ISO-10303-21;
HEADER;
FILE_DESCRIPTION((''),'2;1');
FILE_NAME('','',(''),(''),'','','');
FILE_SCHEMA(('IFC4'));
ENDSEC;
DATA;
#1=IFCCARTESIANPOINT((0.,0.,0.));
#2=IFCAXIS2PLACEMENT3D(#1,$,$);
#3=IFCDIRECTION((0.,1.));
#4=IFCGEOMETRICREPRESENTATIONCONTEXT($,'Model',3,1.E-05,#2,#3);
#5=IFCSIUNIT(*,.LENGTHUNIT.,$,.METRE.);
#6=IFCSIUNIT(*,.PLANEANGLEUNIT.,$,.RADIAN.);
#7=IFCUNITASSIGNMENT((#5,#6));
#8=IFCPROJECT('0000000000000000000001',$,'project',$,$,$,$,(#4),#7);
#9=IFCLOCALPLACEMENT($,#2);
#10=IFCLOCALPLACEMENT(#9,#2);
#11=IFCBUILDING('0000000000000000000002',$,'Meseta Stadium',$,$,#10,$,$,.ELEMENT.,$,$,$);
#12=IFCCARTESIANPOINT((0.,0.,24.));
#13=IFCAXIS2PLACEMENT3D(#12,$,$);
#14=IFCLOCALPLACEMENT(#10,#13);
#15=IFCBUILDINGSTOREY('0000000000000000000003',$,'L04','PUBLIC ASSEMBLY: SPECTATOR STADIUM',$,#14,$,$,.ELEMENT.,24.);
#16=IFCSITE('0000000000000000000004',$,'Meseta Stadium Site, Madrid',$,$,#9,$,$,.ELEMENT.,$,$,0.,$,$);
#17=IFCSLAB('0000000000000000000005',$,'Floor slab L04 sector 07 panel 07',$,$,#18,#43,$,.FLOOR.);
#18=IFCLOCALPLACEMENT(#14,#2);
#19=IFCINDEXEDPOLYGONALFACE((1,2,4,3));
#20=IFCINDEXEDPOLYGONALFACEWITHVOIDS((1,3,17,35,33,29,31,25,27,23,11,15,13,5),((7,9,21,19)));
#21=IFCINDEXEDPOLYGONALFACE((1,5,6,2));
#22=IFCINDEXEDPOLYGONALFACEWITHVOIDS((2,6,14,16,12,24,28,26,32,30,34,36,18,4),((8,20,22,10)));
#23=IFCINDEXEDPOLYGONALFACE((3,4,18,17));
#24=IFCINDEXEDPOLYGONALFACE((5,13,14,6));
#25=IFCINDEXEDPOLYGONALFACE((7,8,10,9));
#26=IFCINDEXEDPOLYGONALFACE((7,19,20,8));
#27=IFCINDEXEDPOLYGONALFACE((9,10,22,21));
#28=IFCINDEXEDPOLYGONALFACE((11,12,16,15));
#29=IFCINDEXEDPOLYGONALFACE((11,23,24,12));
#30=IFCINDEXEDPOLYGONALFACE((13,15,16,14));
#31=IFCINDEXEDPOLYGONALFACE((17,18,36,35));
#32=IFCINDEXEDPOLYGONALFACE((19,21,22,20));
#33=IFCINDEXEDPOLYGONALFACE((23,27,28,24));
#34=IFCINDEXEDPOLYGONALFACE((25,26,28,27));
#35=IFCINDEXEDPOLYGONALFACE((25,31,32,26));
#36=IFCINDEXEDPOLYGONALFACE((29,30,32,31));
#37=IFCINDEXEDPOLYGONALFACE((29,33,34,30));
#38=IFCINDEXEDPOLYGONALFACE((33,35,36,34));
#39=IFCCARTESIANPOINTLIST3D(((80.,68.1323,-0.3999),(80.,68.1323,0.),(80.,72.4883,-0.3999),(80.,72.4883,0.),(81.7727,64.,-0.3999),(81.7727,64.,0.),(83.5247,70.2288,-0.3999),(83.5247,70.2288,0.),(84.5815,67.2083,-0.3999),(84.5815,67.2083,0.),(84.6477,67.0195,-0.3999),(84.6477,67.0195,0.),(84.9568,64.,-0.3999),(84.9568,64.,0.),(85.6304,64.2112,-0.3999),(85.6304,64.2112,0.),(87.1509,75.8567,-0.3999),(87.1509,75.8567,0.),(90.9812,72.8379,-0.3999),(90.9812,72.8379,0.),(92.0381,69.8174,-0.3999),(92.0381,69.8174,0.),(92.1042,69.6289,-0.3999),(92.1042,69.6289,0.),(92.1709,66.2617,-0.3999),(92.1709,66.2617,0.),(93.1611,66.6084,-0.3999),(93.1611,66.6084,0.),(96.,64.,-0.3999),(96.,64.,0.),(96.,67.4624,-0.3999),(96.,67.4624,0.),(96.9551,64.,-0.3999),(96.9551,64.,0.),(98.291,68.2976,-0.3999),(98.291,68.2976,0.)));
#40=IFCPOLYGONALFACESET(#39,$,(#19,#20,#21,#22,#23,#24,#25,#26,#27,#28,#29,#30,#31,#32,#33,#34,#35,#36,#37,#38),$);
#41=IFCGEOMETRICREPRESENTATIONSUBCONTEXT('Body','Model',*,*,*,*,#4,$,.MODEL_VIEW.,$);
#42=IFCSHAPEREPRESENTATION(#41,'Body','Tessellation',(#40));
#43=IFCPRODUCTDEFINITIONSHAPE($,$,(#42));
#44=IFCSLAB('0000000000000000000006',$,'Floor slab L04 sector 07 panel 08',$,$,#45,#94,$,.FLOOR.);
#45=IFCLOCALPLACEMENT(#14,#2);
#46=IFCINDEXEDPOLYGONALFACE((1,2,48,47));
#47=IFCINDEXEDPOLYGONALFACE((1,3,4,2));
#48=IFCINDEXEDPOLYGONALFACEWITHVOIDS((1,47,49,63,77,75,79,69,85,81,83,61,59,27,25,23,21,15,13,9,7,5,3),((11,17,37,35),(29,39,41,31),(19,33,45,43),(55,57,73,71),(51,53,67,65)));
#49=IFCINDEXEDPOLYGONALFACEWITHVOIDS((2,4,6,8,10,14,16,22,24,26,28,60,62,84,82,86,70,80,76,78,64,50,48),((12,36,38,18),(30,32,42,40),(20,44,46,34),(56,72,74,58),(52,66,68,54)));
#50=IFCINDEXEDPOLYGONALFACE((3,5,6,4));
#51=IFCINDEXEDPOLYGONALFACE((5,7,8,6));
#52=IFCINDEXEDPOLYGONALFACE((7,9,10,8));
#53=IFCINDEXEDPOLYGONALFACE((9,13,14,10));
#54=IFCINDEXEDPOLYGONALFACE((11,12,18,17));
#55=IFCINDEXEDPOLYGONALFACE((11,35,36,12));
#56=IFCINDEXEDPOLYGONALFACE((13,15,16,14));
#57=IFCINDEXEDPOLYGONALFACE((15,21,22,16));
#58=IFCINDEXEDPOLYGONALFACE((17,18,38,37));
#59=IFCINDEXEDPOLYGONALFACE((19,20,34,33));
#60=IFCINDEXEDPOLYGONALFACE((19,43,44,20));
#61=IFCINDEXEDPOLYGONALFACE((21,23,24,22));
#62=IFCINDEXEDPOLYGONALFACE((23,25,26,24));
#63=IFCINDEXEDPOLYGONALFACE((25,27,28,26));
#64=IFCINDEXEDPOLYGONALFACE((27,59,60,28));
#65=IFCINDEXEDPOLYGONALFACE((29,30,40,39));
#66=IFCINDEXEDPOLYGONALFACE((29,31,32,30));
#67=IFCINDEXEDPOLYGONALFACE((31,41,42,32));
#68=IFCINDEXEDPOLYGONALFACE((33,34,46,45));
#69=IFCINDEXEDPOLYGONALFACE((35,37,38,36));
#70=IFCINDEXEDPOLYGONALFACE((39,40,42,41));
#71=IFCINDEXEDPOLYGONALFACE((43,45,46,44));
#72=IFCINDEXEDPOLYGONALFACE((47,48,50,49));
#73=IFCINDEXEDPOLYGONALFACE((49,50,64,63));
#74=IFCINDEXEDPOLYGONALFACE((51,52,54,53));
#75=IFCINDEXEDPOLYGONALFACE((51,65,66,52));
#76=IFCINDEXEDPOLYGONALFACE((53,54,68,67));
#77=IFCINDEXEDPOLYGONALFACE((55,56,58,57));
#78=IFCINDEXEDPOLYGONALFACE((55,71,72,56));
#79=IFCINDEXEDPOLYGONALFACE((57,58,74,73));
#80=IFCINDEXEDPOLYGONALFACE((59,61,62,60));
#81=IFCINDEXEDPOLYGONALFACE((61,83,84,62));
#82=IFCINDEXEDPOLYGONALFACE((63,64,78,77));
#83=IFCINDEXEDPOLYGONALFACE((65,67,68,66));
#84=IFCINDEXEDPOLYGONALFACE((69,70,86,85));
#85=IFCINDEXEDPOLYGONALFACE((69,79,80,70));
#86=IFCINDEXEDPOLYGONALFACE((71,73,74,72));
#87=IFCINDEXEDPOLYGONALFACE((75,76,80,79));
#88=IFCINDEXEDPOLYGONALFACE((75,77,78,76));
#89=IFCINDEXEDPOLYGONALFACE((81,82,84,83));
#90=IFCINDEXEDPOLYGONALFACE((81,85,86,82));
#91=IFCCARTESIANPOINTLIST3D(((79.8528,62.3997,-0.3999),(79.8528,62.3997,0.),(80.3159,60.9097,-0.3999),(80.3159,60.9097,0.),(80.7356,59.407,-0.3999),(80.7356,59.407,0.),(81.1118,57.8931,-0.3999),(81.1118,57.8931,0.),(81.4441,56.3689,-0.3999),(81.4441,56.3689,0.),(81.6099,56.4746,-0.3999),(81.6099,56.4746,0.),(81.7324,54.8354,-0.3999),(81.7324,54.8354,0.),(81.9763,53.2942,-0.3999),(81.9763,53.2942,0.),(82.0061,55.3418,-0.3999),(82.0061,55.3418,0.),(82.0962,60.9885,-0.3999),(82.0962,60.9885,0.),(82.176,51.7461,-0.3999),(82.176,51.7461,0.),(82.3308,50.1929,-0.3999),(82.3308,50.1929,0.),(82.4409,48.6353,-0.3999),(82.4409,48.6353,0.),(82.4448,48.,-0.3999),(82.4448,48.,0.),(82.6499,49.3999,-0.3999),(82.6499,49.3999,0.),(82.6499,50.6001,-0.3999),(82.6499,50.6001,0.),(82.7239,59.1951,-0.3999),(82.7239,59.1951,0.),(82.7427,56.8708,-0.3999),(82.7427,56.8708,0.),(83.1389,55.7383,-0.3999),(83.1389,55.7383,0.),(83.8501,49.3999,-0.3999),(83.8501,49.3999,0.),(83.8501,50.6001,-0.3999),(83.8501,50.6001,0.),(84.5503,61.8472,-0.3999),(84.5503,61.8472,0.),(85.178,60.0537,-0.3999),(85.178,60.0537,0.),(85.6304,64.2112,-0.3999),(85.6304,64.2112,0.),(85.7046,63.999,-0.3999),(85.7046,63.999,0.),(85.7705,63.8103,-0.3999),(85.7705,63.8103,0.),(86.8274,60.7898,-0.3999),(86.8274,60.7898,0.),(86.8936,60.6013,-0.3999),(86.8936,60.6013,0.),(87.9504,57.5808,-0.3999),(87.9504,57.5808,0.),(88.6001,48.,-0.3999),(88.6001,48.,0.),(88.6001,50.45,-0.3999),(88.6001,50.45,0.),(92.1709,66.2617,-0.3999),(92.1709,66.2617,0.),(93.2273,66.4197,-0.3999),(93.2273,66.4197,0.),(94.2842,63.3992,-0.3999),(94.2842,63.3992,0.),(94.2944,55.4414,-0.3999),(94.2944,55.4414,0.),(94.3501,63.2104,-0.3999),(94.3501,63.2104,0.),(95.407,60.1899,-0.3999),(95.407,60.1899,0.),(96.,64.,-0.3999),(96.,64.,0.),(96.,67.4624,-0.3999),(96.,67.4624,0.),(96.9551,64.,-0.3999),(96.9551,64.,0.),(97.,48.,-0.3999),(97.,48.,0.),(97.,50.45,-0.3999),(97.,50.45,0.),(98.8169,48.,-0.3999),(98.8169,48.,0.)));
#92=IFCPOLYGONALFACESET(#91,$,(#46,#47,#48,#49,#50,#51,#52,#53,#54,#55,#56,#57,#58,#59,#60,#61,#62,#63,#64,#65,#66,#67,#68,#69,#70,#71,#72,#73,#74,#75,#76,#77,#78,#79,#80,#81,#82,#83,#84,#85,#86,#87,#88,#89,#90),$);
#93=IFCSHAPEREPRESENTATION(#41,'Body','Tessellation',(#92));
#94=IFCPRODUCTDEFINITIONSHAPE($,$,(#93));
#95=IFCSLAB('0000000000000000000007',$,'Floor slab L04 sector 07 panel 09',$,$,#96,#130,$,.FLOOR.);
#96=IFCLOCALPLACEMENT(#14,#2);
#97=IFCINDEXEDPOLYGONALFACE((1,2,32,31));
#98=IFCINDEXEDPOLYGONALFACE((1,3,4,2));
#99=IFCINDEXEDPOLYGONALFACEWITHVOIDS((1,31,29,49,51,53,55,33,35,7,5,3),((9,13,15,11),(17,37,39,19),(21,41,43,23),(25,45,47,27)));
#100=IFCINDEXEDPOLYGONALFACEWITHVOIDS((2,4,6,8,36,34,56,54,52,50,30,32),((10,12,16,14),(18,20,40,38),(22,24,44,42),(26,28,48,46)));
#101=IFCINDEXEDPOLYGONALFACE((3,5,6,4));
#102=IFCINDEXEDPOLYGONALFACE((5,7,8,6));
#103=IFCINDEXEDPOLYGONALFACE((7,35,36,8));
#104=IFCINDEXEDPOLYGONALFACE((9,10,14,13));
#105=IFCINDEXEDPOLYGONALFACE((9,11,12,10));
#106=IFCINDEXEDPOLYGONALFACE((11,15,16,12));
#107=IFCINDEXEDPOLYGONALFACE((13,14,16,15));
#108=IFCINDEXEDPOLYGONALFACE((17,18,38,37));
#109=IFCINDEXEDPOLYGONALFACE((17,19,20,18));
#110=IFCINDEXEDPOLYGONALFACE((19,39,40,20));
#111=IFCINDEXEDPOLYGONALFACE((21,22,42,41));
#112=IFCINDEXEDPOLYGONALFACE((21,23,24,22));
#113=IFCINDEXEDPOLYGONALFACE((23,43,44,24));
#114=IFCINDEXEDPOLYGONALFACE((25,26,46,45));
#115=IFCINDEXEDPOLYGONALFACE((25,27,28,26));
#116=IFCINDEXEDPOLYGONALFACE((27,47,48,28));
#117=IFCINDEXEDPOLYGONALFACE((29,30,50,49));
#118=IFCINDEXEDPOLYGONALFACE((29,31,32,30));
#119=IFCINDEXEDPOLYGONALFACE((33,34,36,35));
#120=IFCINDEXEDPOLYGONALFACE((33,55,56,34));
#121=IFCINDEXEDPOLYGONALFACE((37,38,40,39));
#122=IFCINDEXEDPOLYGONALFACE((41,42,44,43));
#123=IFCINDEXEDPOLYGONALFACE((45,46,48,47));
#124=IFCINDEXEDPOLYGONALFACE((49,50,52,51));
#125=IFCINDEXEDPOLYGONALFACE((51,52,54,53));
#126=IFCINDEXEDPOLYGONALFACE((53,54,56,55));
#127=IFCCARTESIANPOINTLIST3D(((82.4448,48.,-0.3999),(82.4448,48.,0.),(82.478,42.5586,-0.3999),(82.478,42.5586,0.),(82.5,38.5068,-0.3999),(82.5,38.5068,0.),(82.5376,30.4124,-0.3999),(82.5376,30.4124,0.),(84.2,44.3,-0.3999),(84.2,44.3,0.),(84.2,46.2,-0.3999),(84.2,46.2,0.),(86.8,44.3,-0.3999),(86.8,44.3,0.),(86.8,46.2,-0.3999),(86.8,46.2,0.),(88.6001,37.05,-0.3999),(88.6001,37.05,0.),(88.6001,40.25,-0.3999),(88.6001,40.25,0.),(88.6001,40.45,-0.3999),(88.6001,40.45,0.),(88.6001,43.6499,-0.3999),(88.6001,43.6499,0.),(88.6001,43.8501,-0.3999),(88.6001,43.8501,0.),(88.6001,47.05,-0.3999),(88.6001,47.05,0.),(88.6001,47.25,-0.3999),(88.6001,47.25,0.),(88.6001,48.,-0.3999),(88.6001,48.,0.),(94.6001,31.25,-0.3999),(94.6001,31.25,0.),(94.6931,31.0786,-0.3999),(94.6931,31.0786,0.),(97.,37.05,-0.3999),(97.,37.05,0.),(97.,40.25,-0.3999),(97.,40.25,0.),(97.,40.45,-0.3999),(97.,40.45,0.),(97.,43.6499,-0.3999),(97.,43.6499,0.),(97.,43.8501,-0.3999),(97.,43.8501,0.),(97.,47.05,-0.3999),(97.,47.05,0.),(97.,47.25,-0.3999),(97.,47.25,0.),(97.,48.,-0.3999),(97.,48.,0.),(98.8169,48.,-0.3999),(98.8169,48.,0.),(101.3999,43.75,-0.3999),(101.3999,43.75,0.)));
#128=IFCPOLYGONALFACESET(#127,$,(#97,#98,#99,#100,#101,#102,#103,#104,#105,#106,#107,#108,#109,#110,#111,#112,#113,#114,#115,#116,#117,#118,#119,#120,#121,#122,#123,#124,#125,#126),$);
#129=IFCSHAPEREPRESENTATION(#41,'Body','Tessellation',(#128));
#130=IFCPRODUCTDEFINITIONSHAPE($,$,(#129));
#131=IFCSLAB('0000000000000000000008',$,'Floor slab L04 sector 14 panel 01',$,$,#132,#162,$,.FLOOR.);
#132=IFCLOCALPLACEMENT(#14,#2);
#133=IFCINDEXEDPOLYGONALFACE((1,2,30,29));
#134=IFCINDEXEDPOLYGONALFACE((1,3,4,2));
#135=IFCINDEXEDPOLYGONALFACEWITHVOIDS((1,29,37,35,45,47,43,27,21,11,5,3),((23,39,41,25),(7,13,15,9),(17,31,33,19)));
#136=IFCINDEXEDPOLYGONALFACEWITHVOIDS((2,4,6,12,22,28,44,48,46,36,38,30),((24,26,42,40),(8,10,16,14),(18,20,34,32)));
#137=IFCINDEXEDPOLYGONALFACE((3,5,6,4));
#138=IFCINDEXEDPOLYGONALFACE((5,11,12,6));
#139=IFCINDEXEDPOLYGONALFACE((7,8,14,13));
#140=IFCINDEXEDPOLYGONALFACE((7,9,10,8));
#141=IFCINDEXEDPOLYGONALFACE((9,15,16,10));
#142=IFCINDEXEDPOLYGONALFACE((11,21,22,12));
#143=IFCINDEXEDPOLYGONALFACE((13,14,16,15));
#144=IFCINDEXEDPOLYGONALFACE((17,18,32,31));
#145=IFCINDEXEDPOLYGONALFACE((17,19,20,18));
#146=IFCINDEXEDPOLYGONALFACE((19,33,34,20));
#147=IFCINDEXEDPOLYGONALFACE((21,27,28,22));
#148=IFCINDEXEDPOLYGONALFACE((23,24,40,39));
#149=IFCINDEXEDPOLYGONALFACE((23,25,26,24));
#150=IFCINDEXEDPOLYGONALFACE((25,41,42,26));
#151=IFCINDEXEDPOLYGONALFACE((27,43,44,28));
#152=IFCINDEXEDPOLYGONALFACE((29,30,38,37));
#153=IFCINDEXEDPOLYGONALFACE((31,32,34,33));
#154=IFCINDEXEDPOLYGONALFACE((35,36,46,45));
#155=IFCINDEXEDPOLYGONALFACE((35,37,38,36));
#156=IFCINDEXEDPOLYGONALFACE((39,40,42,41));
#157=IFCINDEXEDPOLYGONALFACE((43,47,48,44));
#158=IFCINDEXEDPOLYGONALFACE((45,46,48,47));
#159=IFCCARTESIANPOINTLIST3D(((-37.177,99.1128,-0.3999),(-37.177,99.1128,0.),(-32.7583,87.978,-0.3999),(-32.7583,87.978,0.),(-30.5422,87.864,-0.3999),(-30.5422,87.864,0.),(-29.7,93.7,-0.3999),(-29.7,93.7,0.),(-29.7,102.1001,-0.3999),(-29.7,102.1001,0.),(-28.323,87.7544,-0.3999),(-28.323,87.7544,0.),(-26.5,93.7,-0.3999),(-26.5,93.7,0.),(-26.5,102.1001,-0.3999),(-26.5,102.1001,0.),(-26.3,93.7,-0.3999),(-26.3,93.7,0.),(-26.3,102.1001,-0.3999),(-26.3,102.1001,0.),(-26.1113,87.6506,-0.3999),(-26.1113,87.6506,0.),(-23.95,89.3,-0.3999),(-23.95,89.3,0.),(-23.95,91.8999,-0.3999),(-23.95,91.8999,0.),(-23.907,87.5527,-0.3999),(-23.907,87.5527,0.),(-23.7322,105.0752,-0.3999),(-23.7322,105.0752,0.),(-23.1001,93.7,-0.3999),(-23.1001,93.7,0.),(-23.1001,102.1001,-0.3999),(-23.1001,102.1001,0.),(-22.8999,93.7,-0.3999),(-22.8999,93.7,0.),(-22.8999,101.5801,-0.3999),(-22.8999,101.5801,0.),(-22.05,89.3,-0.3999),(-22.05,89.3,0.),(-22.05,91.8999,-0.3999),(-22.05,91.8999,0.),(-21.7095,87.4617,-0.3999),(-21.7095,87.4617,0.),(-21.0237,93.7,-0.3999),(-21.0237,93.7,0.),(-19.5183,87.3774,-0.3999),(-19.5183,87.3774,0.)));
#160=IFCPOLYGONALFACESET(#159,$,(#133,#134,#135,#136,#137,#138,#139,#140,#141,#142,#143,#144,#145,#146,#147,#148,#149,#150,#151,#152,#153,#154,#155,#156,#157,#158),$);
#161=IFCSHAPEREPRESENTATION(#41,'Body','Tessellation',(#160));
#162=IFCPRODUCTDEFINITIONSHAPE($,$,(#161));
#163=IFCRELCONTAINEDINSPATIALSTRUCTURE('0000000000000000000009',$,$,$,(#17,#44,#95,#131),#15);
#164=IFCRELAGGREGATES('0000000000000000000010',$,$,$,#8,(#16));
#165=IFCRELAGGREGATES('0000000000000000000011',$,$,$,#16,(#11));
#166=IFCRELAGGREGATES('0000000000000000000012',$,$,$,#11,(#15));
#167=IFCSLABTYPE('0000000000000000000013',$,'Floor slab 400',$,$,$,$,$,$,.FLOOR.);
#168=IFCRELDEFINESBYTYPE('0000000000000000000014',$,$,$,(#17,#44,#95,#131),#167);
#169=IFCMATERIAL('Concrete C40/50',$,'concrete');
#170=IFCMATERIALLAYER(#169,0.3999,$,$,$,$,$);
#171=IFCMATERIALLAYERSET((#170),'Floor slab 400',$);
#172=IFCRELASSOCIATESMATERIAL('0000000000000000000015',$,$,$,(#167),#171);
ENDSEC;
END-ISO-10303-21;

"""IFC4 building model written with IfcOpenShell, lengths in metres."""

from ifc_helpers import new_model, si_unit, direction, frame, origin, place, context, subcontext, project, spatial, polyline, outline, extrude, material, layer, layer_set, type_object, element, save


model = new_model("IFC4")

# Units and contexts
model_context = context("Model", 3, precision=1e-05, world=origin(), true_north=direction((0.0, 1.0)))
body_context = subcontext(model_context, "Body", "Model", "MODEL_VIEW")
ifc_project = project(units=[si_unit("LENGTHUNIT", "METRE"), si_unit("PLANEANGLEUNIT", "RADIAN")], contexts=[model_context])

# Site, building, storey
site_placement = place(None, origin())
site = spatial("IfcSite", under=ifc_project, at=site_placement, Name="Meseta Stadium Site, Madrid", CompositionType="ELEMENT", RefElevation=0.0)
building_placement = place(site_placement, origin())
building = spatial("IfcBuilding", under=site, at=building_placement, Name="Meseta Stadium", CompositionType="ELEMENT")
storey_placement = place(building_placement, frame((0.0, 0.0, 24.0)))
storey = spatial("IfcBuildingStorey", under=building, at=storey_placement, Name="L04", Description="PUBLIC ASSEMBLY: SPECTATOR STADIUM", CompositionType="ELEMENT", Elevation=24.0)

# Slabs
ifc_material = material(Name="Concrete C40/50", Category="concrete")
ifc_layer = layer(ifc_material, 0.3999)
ifc_layer_set = layer_set([ifc_layer], Name="Floor slab 400")
slab_type = type_object("IfcSlabType", Name="Floor slab 400", PredefinedType="FLOOR", material=ifc_layer_set)
slab_1_placement = place(storey_placement, frame((0.0, 0.0, -0.3999)))
element("IfcSlab", 1, at=slab_1_placement, inside=storey, type_object=slab_type, Name="Floor slab L04 sector 07 panel 07", PredefinedType="FLOOR", context=body_context, shape_type="SweptSolid", body=[
    extrude(outline(polyline([(84.9568, 64.0), (85.6304, 64.2112), (84.6477, 67.0195), (92.1042, 69.6289), (93.1611, 66.6084), (92.1709, 66.2617), (96.0, 67.4624), (96.0, 64.0), (96.9551, 64.0), (98.291, 68.2976), (87.1509, 75.8567), (80.0, 72.4883), (80.0, 68.1323), (81.7727, 64.0), (84.9568, 64.0)]), holes=[polyline([(90.9812, 72.8379), (92.0381, 69.8174), (84.5815, 67.2083), (83.5247, 70.2288), (90.9812, 72.8379)])]), origin(), (0.0, 0.0, 1.0), 0.3999),
])
slab_2_placement = place(storey_placement, frame((0.0, 0.0, -0.3999)))
element("IfcSlab", 2, at=slab_2_placement, inside=storey, type_object=slab_type, Name="Floor slab L04 sector 07 panel 08", PredefinedType="FLOOR", context=body_context, shape_type="SweptSolid", body=[
    extrude(outline(polyline([(85.7046, 63.999), (85.6304, 64.2112), (79.8528, 62.3997), (80.3159, 60.9097), (80.7356, 59.407), (81.1118, 57.8931), (81.4441, 56.3689), (81.7324, 54.8354), (81.9763, 53.2942), (82.176, 51.7461), (82.3308, 50.1929), (82.4409, 48.6353), (82.4448, 48.0), (88.6001, 48.0), (88.6001, 50.45), (97.0, 50.45), (97.0, 48.0), (98.8169, 48.0), (94.2944, 55.4414), (96.9551, 64.0), (96.0, 64.0), (96.0, 67.4624), (92.1709, 66.2617), (85.7046, 63.999)]), holes=[polyline([(86.8274, 60.7898), (85.7705, 63.8103), (93.2273, 66.4197), (94.2842, 63.3992), (86.8274, 60.7898)]), polyline([(85.178, 60.0537), (82.7239, 59.1951), (82.0962, 60.9885), (84.5503, 61.8472), (85.178, 60.0537)]), polyline([(82.0061, 55.3418), (81.6099, 56.4746), (82.7427, 56.8708), (83.1389, 55.7383), (82.0061, 55.3418)]), polyline([(82.6499, 50.6001), (83.8501, 50.6001), (83.8501, 49.3999), (82.6499, 49.3999), (82.6499, 50.6001)]), polyline([(86.8936, 60.6013), (94.3501, 63.2104), (95.407, 60.1899), (87.9504, 57.5808), (86.8936, 60.6013)])]), origin(), (0.0, 0.0, 1.0), 0.3999),
])
slab_3_placement = place(storey_placement, frame((0.0, 0.0, -0.3999)))
element("IfcSlab", 3, at=slab_3_placement, inside=storey, type_object=slab_type, Name="Floor slab L04 sector 07 panel 09", PredefinedType="FLOOR", context=body_context, shape_type="SweptSolid", body=[
    extrude(outline(polyline([(94.6931, 31.0786), (94.6001, 31.25), (101.3999, 43.75), (98.8169, 48.0), (97.0, 48.0), (97.0, 47.25), (88.6001, 47.25), (88.6001, 48.0), (82.4448, 48.0), (82.478, 42.5586), (82.5, 38.5068), (82.5376, 30.4124), (94.6931, 31.0786)]), holes=[polyline([(97.0, 37.05), (88.6001, 37.05), (88.6001, 40.25), (97.0, 40.25), (97.0, 37.05)]), polyline([(88.6001, 40.45), (88.6001, 43.6499), (97.0, 43.6499), (97.0, 40.45), (88.6001, 40.45)]), polyline([(97.0, 47.05), (97.0, 43.8501), (88.6001, 43.8501), (88.6001, 47.05), (97.0, 47.05)]), polyline([(86.8, 46.2), (86.8, 44.3), (84.2, 44.3), (84.2, 46.2), (86.8, 46.2)])]), origin(), (0.0, 0.0, 1.0), 0.3999),
])
slab_4_placement = place(storey_placement, frame((0.0, 0.0, -0.3999)))
element("IfcSlab", 4, at=slab_4_placement, inside=storey, type_object=slab_type, Name="Floor slab L04 sector 14 panel 01", PredefinedType="FLOOR", context=body_context, shape_type="SweptSolid", body=[
    extrude(outline(polyline([(-22.8999, 93.7), (-22.8999, 101.5801), (-23.7322, 105.0752), (-37.177, 99.1128), (-32.7583, 87.978), (-30.5422, 87.864), (-28.323, 87.7544), (-26.1113, 87.6506), (-23.907, 87.5527), (-21.7095, 87.4617), (-19.5183, 87.3774), (-21.0237, 93.7), (-22.8999, 93.7)]), holes=[polyline([(-23.95, 91.8999), (-22.05, 91.8999), (-22.05, 89.3), (-23.95, 89.3), (-23.95, 91.8999)]), polyline([(-23.1001, 102.1001), (-23.1001, 93.7), (-26.3, 93.7), (-26.3, 102.1001), (-23.1001, 102.1001)]), polyline([(-29.7, 102.1001), (-26.5, 102.1001), (-26.5, 93.7), (-29.7, 93.7), (-29.7, 102.1001)])]), origin(), (0.0, 0.0, 1.0), 0.3999),
])

save(model, "model.ifc")
